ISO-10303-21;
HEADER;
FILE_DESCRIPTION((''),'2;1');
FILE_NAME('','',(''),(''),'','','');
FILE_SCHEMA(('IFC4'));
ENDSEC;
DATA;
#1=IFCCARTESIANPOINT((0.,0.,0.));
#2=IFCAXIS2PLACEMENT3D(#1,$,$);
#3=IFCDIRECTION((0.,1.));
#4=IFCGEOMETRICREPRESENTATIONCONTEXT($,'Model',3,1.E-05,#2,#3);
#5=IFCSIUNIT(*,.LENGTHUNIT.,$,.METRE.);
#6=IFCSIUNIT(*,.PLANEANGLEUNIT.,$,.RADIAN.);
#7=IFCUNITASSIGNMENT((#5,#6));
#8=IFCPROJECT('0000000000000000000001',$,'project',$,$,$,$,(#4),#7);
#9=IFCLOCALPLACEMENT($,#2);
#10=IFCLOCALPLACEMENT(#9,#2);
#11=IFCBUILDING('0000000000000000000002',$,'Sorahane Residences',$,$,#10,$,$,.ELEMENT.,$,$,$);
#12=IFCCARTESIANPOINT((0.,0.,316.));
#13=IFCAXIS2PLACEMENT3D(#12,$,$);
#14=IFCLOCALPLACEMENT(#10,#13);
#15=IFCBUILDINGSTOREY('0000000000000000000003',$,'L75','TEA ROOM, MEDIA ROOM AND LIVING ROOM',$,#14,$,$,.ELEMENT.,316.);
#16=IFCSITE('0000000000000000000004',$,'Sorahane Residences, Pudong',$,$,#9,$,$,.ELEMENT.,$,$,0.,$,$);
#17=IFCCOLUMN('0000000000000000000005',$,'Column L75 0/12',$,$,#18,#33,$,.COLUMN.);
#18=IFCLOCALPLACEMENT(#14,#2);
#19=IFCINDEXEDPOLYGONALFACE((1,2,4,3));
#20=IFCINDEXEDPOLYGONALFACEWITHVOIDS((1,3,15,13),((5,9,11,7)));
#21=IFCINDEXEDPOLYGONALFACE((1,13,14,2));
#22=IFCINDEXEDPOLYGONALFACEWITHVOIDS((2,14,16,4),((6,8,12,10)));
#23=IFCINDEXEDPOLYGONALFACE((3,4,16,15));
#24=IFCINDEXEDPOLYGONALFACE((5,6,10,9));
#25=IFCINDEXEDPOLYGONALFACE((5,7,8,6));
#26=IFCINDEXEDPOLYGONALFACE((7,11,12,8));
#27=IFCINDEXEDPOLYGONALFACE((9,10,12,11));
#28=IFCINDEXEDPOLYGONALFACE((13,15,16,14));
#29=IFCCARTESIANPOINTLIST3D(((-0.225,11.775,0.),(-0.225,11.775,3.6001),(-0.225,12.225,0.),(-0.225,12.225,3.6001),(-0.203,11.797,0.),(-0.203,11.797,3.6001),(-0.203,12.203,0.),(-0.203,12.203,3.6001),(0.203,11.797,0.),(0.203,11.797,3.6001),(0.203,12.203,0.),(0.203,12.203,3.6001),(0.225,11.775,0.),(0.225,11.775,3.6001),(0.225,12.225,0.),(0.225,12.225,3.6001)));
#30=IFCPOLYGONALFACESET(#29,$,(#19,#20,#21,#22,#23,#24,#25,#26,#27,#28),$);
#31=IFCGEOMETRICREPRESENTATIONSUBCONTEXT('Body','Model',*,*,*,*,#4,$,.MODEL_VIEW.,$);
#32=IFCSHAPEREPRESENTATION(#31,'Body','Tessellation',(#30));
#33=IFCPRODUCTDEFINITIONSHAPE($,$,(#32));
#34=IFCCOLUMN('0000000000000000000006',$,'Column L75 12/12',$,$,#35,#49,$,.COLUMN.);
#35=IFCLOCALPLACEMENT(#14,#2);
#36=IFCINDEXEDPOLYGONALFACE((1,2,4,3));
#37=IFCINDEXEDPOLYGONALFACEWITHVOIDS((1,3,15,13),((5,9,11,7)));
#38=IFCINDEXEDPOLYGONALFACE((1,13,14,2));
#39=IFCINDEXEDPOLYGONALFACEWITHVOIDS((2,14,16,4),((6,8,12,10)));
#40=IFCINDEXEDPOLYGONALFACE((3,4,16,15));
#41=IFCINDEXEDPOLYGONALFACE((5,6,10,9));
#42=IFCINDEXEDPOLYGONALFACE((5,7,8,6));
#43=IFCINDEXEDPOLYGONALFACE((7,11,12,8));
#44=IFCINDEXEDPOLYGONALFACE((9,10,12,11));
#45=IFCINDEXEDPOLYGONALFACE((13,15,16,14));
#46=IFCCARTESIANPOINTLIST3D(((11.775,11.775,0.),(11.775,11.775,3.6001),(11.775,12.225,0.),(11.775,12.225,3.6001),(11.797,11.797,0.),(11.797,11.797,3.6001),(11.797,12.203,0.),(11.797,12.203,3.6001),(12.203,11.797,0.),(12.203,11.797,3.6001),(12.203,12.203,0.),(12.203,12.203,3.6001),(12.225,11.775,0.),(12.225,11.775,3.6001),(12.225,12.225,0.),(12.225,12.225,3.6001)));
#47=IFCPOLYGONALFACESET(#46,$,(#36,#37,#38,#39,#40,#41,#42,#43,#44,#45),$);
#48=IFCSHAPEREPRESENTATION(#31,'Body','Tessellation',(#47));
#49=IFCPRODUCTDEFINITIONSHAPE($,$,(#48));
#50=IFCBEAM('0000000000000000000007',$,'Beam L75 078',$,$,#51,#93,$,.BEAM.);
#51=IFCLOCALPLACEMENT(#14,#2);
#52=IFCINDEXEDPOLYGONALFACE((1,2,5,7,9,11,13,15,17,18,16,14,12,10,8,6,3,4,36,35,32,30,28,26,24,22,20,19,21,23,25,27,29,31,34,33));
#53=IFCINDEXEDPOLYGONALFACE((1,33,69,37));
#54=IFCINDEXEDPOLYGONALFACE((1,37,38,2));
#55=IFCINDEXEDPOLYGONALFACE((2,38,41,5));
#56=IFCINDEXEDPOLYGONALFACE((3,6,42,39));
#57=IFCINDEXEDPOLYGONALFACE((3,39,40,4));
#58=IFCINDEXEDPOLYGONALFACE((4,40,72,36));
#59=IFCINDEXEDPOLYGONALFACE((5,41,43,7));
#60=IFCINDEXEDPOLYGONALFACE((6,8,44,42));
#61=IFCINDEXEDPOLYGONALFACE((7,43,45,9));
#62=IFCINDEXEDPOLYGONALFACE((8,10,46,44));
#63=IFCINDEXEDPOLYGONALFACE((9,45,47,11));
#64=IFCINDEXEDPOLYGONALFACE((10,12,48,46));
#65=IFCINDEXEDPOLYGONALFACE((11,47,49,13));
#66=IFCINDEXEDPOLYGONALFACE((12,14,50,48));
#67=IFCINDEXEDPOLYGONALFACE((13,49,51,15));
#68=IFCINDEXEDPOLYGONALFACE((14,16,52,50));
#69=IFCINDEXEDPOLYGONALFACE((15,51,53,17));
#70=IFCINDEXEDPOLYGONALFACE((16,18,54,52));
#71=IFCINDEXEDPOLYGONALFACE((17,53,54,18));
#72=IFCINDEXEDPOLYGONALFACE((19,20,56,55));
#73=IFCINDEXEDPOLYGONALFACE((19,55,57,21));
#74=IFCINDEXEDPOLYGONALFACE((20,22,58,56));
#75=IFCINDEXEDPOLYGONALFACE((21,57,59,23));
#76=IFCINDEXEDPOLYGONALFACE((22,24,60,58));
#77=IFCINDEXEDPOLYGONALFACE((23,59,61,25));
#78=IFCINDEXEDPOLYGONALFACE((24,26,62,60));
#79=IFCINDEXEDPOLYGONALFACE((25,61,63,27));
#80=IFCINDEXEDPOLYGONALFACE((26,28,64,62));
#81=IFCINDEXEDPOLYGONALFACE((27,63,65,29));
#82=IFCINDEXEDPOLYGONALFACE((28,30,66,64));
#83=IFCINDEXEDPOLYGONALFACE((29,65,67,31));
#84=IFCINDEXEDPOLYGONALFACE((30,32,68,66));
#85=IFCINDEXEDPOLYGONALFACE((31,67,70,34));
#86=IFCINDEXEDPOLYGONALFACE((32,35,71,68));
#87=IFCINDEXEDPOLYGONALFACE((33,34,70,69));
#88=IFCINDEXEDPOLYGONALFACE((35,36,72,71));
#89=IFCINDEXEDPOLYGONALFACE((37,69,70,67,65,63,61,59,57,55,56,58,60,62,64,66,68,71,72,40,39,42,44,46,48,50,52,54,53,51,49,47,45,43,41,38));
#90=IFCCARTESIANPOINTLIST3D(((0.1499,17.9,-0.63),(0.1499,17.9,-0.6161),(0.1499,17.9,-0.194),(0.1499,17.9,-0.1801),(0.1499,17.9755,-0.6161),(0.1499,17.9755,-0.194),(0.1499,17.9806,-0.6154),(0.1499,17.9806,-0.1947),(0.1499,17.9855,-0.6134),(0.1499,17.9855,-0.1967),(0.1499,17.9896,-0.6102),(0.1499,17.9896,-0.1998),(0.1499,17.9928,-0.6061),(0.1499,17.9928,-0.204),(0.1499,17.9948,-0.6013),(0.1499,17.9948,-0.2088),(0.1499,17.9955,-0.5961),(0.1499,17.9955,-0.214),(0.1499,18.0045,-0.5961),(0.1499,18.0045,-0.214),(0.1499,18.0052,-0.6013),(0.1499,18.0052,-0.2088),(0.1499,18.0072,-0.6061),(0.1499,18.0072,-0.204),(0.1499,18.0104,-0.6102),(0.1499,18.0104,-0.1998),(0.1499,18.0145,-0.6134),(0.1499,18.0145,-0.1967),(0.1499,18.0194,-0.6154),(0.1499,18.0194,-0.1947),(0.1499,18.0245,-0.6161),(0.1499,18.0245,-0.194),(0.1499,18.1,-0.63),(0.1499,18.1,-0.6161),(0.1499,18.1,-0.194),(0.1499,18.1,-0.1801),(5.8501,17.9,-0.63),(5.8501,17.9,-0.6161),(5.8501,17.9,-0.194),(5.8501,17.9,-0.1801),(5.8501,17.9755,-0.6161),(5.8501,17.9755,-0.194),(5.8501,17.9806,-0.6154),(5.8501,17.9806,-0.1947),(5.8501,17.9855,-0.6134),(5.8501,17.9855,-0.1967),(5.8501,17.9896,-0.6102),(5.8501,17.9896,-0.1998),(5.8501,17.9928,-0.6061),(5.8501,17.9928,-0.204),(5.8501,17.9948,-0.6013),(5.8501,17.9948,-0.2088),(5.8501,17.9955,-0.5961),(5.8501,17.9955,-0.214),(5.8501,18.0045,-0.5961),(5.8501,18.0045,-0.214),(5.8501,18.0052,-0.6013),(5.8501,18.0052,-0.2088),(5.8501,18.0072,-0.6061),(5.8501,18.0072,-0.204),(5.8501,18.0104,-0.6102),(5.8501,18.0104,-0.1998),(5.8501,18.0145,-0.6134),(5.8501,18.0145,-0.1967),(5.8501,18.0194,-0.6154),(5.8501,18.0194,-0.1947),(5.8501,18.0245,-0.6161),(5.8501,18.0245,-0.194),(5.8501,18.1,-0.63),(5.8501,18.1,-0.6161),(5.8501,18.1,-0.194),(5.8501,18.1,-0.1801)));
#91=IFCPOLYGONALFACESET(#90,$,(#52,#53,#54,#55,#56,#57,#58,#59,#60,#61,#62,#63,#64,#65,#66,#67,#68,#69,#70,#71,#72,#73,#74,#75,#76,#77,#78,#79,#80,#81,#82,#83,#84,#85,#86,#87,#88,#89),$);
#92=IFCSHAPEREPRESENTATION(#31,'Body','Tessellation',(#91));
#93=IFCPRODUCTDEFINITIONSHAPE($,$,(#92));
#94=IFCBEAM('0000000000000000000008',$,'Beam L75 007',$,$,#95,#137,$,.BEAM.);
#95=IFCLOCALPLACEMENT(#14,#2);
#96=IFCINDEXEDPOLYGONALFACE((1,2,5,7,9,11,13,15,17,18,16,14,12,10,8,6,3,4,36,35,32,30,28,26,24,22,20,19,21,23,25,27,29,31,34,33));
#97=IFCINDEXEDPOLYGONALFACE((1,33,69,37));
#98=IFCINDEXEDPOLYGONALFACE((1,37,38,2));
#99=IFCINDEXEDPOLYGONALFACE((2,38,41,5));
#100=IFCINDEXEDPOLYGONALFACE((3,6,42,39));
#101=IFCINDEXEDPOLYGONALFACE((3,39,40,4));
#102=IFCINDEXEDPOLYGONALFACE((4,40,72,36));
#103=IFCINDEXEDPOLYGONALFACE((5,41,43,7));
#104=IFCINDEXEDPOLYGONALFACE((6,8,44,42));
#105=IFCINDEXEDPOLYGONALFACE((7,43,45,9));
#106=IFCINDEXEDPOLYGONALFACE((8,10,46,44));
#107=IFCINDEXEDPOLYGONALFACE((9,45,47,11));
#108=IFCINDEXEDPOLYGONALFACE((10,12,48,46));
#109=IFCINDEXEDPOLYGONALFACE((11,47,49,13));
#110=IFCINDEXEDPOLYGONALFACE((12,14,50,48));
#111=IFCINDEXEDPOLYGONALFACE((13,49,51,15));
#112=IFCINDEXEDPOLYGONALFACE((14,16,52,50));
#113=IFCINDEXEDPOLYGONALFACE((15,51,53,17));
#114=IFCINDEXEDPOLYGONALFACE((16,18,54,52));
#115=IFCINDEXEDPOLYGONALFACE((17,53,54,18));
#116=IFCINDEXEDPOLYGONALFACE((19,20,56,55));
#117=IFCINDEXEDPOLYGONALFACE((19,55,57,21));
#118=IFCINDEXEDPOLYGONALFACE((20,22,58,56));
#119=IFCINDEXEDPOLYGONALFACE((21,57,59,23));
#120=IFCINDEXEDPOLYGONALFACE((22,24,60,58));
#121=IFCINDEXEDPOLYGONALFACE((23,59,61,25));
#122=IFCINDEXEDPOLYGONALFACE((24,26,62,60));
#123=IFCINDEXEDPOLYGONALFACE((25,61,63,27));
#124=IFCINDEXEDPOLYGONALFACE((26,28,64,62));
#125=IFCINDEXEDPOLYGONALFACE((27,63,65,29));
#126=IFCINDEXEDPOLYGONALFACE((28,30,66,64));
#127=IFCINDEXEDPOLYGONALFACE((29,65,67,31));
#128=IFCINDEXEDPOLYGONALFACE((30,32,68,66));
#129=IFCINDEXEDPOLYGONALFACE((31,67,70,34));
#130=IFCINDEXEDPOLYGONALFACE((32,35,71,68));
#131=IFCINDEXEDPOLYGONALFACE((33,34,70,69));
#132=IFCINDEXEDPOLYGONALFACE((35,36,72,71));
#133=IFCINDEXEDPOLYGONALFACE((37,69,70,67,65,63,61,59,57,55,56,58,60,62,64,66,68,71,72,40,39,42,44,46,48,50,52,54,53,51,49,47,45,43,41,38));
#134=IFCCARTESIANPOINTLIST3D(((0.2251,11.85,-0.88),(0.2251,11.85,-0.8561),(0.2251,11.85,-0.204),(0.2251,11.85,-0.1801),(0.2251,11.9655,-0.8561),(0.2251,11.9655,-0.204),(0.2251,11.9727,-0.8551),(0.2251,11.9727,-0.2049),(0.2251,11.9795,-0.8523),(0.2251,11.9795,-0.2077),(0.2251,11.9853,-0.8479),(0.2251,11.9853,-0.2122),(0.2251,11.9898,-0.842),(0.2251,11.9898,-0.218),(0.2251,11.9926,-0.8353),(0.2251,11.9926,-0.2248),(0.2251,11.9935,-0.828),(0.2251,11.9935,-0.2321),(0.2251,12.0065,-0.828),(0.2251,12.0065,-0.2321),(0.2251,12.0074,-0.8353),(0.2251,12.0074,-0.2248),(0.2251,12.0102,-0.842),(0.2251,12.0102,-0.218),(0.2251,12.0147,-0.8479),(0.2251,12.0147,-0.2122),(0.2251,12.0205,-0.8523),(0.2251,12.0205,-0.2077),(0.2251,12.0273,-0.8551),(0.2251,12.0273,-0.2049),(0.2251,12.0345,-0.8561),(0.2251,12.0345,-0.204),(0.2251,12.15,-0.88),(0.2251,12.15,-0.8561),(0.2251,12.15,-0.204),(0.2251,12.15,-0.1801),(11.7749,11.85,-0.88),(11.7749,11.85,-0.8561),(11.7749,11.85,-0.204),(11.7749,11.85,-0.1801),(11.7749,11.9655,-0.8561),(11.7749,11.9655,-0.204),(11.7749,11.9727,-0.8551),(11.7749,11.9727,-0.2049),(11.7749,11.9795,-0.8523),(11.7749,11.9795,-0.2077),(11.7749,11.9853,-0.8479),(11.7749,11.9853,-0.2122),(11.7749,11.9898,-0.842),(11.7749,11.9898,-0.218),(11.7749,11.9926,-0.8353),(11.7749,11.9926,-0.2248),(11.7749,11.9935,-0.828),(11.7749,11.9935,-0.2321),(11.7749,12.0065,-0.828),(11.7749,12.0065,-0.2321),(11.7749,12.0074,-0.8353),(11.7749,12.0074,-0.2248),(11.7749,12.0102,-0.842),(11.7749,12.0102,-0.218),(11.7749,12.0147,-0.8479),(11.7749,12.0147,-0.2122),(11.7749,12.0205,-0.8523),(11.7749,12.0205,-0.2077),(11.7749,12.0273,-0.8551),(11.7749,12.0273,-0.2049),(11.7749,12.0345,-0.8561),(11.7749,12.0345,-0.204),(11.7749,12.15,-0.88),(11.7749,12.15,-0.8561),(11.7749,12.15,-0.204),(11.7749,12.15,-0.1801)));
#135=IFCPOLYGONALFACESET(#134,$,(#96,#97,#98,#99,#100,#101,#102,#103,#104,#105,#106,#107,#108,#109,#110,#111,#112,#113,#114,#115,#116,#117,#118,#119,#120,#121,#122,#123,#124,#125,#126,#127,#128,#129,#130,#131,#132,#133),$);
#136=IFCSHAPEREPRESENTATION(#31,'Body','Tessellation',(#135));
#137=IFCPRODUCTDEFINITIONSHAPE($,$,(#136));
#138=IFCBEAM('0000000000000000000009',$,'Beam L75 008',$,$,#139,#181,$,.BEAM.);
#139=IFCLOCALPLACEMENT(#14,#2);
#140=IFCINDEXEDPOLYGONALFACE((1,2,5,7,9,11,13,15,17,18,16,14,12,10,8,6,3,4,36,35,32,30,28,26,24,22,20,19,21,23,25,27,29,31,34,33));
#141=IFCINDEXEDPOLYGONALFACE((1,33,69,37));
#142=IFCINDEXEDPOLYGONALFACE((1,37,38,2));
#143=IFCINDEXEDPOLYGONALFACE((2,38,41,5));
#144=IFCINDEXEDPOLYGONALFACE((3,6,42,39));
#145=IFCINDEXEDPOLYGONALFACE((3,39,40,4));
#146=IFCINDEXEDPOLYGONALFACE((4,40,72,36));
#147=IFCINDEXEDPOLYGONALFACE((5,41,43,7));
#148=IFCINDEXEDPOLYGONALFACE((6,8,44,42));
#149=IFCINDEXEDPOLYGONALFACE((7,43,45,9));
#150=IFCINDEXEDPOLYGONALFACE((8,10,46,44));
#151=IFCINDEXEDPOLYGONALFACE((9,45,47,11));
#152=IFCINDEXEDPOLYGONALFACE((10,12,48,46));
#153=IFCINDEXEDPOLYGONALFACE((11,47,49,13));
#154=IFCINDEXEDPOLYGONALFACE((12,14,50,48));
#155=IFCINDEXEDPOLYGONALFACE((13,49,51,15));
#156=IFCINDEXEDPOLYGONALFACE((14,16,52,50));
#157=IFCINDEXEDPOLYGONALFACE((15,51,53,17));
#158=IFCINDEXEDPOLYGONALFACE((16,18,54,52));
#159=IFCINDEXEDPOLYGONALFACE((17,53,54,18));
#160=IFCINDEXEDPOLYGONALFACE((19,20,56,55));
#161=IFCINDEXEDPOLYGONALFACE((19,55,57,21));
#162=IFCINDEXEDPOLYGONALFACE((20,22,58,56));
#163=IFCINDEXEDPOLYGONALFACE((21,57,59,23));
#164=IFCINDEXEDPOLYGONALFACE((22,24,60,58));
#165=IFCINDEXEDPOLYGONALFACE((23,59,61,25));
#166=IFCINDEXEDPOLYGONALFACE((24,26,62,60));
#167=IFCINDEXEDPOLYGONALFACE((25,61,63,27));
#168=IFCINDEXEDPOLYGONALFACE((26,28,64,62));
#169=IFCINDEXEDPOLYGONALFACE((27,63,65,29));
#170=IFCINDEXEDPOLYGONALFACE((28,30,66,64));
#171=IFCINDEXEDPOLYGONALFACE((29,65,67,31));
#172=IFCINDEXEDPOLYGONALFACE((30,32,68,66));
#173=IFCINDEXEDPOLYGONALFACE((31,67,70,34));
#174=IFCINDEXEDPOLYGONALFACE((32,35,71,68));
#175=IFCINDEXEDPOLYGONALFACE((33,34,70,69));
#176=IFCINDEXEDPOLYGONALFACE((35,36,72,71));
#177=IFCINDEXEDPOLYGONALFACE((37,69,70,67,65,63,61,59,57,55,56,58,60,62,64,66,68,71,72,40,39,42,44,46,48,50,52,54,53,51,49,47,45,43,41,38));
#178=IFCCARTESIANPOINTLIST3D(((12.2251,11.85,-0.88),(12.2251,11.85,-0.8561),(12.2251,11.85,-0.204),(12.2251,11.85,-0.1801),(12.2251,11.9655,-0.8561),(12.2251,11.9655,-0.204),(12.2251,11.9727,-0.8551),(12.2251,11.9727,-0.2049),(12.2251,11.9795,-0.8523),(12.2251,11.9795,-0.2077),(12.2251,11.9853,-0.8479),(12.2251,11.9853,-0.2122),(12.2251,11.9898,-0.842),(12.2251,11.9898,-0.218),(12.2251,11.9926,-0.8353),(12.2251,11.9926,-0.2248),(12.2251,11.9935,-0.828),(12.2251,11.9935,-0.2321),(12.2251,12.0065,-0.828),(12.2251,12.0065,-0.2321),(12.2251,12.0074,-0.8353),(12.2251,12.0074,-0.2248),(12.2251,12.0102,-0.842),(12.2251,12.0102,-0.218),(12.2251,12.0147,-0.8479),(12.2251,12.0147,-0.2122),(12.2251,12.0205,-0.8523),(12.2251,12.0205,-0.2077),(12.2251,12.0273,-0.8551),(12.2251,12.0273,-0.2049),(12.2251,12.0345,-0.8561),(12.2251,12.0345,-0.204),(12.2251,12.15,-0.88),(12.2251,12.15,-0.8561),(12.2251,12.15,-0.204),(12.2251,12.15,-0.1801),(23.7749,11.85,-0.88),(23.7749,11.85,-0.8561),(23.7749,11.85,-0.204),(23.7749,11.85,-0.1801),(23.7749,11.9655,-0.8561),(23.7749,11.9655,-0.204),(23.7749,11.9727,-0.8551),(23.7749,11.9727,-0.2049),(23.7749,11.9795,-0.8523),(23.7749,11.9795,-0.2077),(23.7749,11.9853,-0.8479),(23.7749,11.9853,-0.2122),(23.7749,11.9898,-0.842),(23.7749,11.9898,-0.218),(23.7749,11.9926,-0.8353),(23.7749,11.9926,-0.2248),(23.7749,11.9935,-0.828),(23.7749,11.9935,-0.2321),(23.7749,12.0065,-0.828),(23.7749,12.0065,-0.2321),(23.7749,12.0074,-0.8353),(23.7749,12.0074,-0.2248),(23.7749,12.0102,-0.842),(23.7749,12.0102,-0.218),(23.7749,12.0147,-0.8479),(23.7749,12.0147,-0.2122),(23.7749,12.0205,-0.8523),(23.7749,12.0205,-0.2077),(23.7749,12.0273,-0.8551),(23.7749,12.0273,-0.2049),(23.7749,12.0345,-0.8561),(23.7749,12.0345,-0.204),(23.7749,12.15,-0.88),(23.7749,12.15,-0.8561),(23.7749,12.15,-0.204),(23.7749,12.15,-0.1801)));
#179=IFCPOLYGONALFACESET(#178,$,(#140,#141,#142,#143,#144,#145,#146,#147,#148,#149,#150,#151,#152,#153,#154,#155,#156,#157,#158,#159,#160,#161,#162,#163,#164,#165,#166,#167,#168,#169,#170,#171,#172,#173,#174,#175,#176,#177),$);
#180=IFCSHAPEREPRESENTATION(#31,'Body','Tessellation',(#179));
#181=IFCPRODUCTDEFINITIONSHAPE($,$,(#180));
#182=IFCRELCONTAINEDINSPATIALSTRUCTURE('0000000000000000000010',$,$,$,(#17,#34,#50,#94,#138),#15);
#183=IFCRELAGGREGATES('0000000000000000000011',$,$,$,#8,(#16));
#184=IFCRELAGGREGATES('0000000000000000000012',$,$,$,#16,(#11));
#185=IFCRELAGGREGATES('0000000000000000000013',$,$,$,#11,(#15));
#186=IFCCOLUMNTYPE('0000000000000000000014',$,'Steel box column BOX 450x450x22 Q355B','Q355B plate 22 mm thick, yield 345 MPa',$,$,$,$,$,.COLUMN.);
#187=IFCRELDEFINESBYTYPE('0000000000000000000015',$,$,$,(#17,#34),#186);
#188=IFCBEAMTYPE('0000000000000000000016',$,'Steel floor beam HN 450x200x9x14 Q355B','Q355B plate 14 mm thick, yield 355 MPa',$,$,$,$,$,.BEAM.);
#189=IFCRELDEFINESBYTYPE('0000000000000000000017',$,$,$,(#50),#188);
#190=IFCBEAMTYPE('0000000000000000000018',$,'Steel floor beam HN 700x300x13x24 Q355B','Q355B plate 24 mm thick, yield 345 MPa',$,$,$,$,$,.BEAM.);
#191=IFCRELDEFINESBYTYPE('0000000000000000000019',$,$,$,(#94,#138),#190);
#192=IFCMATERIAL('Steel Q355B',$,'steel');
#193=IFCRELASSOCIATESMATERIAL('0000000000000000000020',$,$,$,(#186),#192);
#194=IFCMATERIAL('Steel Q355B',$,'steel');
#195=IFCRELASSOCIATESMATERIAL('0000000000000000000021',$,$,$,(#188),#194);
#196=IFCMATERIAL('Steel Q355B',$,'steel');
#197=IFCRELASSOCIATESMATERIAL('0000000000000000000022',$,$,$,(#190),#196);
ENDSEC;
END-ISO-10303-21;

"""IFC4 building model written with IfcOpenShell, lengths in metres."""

from ifc_helpers import new_model, si_unit, direction, frame, origin, origin_2d, place, context, subcontext, project, spatial, hollow_rectangle, i_section, extrude, material, material_profile, profile_set, type_object, element, save


model = new_model("IFC4")

# Units and contexts
model_context = context("Model", 3, precision=1e-05, world=origin(), true_north=direction((0.0, 1.0)))
body_context = subcontext(model_context, "Body", "Model", "MODEL_VIEW")
ifc_project = project(units=[si_unit("LENGTHUNIT", "METRE"), si_unit("PLANEANGLEUNIT", "RADIAN")], contexts=[model_context])

# Site, building, storey
site_placement = place(None, origin())
site = spatial("IfcSite", under=ifc_project, at=site_placement, Name="Sorahane Residences, Pudong", CompositionType="ELEMENT", RefElevation=0.0)
building_placement = place(site_placement, origin())
building = spatial("IfcBuilding", under=site, at=building_placement, Name="Sorahane Residences", CompositionType="ELEMENT")
storey_placement = place(building_placement, frame((0.0, 0.0, 316.0)))
storey = spatial("IfcBuildingStorey", under=building, at=storey_placement, Name="L75", Description="TEA ROOM, MEDIA ROOM AND LIVING ROOM", CompositionType="ELEMENT", Elevation=316.0)

# Columns
ifc_material_1 = material(Name="Steel Q355B", Category="steel")
ifc_material_profile_1 = material_profile(ifc_material_1, hollow_rectangle(XDim=0.45, YDim=0.45, WallThickness=0.022, at=origin_2d()), Name="BOX 450x450x22")
ifc_profile_set_1 = profile_set([ifc_material_profile_1], Name="Steel Q355B")
column_type = type_object("IfcColumnType", Name="Steel box column BOX 450x450x22 Q355B", Description="Q355B plate 22 mm thick, yield 345 MPa", PredefinedType="COLUMN", material=ifc_profile_set_1)
for number, where, z_axis, x_axis, name in (
    (1, (0.0, 12.0, 0.0), (0.0, 0.0, 1.0), (1.0, 0.0, 0.0), "Column L75 0/12"),
    (2, (12.0, 12.0, 0.0), (0.0, 0.0, 1.0), (1.0, 0.0, 0.0), "Column L75 12/12"),
):
    element("IfcColumn", number, at=place(storey_placement, frame(where, z_axis=z_axis, x_axis=x_axis)), inside=storey, type_object=column_type, Name=name, PredefinedType="COLUMN", context=body_context, shape_type="SweptSolid", body=[
        extrude(hollow_rectangle(XDim=0.45, YDim=0.45, WallThickness=0.022, at=origin_2d()), origin(), (0.0, 0.0, 1.0), 3.6001),
    ])

# Beams
ifc_material_2 = material(Name="Steel Q355B", Category="steel")
ifc_material_profile_2 = material_profile(ifc_material_2, i_section(OverallWidth=0.2, OverallDepth=0.45, WebThickness=0.009, FlangeThickness=0.0139, FilletRadius=0.02, at=origin_2d()), Name="HN 450x200x9x14")
ifc_profile_set_2 = profile_set([ifc_material_profile_2], Name="Steel Q355B")
beam_type_1 = type_object("IfcBeamType", Name="Steel floor beam HN 450x200x9x14 Q355B", Description="Q355B plate 14 mm thick, yield 355 MPa", PredefinedType="BEAM", material=ifc_profile_set_2)
beam_1_placement = place(storey_placement, frame((0.1499, 18.0, -0.405), z_axis=(1.0, 0.0, 0.0), x_axis=(0.0, 1.0, 0.0)))
element("IfcBeam", 3, at=beam_1_placement, inside=storey, type_object=beam_type_1, Name="Beam L75 078", PredefinedType="BEAM", context=body_context, shape_type="SweptSolid", body=[
    extrude(i_section(OverallWidth=0.2, OverallDepth=0.45, WebThickness=0.009, FlangeThickness=0.0139, FilletRadius=0.02, at=origin_2d()), origin(), (0.0, 0.0, 1.0), 5.7002),
])
ifc_material_3 = material(Name="Steel Q355B", Category="steel")
ifc_material_profile_3 = material_profile(ifc_material_3, i_section(OverallWidth=0.3, OverallDepth=0.7, WebThickness=0.0129, FlangeThickness=0.0239, FilletRadius=0.0281, at=origin_2d()), Name="HN 700x300x13x24")
ifc_profile_set_3 = profile_set([ifc_material_profile_3], Name="Steel Q355B")
beam_type_2 = type_object("IfcBeamType", Name="Steel floor beam HN 700x300x13x24 Q355B", Description="Q355B plate 24 mm thick, yield 345 MPa", PredefinedType="BEAM", material=ifc_profile_set_3)
for number, where, z_axis, x_axis, name in (
    (4, (0.2251, 12.0, -0.53), (1.0, 0.0, 0.0), (0.0, 1.0, 0.0), "Beam L75 007"),
    (5, (12.2251, 12.0, -0.53), (1.0, 0.0, 0.0), (0.0, 1.0, 0.0), "Beam L75 008"),
):
    element("IfcBeam", number, at=place(storey_placement, frame(where, z_axis=z_axis, x_axis=x_axis)), inside=storey, type_object=beam_type_2, Name=name, PredefinedType="BEAM", context=body_context, shape_type="SweptSolid", body=[
        extrude(i_section(OverallWidth=0.3, OverallDepth=0.7, WebThickness=0.0129, FlangeThickness=0.0239, FilletRadius=0.0281, at=origin_2d()), origin(), (0.0, 0.0, 1.0), 11.5498),
    ])

save(model, "model.ifc")
